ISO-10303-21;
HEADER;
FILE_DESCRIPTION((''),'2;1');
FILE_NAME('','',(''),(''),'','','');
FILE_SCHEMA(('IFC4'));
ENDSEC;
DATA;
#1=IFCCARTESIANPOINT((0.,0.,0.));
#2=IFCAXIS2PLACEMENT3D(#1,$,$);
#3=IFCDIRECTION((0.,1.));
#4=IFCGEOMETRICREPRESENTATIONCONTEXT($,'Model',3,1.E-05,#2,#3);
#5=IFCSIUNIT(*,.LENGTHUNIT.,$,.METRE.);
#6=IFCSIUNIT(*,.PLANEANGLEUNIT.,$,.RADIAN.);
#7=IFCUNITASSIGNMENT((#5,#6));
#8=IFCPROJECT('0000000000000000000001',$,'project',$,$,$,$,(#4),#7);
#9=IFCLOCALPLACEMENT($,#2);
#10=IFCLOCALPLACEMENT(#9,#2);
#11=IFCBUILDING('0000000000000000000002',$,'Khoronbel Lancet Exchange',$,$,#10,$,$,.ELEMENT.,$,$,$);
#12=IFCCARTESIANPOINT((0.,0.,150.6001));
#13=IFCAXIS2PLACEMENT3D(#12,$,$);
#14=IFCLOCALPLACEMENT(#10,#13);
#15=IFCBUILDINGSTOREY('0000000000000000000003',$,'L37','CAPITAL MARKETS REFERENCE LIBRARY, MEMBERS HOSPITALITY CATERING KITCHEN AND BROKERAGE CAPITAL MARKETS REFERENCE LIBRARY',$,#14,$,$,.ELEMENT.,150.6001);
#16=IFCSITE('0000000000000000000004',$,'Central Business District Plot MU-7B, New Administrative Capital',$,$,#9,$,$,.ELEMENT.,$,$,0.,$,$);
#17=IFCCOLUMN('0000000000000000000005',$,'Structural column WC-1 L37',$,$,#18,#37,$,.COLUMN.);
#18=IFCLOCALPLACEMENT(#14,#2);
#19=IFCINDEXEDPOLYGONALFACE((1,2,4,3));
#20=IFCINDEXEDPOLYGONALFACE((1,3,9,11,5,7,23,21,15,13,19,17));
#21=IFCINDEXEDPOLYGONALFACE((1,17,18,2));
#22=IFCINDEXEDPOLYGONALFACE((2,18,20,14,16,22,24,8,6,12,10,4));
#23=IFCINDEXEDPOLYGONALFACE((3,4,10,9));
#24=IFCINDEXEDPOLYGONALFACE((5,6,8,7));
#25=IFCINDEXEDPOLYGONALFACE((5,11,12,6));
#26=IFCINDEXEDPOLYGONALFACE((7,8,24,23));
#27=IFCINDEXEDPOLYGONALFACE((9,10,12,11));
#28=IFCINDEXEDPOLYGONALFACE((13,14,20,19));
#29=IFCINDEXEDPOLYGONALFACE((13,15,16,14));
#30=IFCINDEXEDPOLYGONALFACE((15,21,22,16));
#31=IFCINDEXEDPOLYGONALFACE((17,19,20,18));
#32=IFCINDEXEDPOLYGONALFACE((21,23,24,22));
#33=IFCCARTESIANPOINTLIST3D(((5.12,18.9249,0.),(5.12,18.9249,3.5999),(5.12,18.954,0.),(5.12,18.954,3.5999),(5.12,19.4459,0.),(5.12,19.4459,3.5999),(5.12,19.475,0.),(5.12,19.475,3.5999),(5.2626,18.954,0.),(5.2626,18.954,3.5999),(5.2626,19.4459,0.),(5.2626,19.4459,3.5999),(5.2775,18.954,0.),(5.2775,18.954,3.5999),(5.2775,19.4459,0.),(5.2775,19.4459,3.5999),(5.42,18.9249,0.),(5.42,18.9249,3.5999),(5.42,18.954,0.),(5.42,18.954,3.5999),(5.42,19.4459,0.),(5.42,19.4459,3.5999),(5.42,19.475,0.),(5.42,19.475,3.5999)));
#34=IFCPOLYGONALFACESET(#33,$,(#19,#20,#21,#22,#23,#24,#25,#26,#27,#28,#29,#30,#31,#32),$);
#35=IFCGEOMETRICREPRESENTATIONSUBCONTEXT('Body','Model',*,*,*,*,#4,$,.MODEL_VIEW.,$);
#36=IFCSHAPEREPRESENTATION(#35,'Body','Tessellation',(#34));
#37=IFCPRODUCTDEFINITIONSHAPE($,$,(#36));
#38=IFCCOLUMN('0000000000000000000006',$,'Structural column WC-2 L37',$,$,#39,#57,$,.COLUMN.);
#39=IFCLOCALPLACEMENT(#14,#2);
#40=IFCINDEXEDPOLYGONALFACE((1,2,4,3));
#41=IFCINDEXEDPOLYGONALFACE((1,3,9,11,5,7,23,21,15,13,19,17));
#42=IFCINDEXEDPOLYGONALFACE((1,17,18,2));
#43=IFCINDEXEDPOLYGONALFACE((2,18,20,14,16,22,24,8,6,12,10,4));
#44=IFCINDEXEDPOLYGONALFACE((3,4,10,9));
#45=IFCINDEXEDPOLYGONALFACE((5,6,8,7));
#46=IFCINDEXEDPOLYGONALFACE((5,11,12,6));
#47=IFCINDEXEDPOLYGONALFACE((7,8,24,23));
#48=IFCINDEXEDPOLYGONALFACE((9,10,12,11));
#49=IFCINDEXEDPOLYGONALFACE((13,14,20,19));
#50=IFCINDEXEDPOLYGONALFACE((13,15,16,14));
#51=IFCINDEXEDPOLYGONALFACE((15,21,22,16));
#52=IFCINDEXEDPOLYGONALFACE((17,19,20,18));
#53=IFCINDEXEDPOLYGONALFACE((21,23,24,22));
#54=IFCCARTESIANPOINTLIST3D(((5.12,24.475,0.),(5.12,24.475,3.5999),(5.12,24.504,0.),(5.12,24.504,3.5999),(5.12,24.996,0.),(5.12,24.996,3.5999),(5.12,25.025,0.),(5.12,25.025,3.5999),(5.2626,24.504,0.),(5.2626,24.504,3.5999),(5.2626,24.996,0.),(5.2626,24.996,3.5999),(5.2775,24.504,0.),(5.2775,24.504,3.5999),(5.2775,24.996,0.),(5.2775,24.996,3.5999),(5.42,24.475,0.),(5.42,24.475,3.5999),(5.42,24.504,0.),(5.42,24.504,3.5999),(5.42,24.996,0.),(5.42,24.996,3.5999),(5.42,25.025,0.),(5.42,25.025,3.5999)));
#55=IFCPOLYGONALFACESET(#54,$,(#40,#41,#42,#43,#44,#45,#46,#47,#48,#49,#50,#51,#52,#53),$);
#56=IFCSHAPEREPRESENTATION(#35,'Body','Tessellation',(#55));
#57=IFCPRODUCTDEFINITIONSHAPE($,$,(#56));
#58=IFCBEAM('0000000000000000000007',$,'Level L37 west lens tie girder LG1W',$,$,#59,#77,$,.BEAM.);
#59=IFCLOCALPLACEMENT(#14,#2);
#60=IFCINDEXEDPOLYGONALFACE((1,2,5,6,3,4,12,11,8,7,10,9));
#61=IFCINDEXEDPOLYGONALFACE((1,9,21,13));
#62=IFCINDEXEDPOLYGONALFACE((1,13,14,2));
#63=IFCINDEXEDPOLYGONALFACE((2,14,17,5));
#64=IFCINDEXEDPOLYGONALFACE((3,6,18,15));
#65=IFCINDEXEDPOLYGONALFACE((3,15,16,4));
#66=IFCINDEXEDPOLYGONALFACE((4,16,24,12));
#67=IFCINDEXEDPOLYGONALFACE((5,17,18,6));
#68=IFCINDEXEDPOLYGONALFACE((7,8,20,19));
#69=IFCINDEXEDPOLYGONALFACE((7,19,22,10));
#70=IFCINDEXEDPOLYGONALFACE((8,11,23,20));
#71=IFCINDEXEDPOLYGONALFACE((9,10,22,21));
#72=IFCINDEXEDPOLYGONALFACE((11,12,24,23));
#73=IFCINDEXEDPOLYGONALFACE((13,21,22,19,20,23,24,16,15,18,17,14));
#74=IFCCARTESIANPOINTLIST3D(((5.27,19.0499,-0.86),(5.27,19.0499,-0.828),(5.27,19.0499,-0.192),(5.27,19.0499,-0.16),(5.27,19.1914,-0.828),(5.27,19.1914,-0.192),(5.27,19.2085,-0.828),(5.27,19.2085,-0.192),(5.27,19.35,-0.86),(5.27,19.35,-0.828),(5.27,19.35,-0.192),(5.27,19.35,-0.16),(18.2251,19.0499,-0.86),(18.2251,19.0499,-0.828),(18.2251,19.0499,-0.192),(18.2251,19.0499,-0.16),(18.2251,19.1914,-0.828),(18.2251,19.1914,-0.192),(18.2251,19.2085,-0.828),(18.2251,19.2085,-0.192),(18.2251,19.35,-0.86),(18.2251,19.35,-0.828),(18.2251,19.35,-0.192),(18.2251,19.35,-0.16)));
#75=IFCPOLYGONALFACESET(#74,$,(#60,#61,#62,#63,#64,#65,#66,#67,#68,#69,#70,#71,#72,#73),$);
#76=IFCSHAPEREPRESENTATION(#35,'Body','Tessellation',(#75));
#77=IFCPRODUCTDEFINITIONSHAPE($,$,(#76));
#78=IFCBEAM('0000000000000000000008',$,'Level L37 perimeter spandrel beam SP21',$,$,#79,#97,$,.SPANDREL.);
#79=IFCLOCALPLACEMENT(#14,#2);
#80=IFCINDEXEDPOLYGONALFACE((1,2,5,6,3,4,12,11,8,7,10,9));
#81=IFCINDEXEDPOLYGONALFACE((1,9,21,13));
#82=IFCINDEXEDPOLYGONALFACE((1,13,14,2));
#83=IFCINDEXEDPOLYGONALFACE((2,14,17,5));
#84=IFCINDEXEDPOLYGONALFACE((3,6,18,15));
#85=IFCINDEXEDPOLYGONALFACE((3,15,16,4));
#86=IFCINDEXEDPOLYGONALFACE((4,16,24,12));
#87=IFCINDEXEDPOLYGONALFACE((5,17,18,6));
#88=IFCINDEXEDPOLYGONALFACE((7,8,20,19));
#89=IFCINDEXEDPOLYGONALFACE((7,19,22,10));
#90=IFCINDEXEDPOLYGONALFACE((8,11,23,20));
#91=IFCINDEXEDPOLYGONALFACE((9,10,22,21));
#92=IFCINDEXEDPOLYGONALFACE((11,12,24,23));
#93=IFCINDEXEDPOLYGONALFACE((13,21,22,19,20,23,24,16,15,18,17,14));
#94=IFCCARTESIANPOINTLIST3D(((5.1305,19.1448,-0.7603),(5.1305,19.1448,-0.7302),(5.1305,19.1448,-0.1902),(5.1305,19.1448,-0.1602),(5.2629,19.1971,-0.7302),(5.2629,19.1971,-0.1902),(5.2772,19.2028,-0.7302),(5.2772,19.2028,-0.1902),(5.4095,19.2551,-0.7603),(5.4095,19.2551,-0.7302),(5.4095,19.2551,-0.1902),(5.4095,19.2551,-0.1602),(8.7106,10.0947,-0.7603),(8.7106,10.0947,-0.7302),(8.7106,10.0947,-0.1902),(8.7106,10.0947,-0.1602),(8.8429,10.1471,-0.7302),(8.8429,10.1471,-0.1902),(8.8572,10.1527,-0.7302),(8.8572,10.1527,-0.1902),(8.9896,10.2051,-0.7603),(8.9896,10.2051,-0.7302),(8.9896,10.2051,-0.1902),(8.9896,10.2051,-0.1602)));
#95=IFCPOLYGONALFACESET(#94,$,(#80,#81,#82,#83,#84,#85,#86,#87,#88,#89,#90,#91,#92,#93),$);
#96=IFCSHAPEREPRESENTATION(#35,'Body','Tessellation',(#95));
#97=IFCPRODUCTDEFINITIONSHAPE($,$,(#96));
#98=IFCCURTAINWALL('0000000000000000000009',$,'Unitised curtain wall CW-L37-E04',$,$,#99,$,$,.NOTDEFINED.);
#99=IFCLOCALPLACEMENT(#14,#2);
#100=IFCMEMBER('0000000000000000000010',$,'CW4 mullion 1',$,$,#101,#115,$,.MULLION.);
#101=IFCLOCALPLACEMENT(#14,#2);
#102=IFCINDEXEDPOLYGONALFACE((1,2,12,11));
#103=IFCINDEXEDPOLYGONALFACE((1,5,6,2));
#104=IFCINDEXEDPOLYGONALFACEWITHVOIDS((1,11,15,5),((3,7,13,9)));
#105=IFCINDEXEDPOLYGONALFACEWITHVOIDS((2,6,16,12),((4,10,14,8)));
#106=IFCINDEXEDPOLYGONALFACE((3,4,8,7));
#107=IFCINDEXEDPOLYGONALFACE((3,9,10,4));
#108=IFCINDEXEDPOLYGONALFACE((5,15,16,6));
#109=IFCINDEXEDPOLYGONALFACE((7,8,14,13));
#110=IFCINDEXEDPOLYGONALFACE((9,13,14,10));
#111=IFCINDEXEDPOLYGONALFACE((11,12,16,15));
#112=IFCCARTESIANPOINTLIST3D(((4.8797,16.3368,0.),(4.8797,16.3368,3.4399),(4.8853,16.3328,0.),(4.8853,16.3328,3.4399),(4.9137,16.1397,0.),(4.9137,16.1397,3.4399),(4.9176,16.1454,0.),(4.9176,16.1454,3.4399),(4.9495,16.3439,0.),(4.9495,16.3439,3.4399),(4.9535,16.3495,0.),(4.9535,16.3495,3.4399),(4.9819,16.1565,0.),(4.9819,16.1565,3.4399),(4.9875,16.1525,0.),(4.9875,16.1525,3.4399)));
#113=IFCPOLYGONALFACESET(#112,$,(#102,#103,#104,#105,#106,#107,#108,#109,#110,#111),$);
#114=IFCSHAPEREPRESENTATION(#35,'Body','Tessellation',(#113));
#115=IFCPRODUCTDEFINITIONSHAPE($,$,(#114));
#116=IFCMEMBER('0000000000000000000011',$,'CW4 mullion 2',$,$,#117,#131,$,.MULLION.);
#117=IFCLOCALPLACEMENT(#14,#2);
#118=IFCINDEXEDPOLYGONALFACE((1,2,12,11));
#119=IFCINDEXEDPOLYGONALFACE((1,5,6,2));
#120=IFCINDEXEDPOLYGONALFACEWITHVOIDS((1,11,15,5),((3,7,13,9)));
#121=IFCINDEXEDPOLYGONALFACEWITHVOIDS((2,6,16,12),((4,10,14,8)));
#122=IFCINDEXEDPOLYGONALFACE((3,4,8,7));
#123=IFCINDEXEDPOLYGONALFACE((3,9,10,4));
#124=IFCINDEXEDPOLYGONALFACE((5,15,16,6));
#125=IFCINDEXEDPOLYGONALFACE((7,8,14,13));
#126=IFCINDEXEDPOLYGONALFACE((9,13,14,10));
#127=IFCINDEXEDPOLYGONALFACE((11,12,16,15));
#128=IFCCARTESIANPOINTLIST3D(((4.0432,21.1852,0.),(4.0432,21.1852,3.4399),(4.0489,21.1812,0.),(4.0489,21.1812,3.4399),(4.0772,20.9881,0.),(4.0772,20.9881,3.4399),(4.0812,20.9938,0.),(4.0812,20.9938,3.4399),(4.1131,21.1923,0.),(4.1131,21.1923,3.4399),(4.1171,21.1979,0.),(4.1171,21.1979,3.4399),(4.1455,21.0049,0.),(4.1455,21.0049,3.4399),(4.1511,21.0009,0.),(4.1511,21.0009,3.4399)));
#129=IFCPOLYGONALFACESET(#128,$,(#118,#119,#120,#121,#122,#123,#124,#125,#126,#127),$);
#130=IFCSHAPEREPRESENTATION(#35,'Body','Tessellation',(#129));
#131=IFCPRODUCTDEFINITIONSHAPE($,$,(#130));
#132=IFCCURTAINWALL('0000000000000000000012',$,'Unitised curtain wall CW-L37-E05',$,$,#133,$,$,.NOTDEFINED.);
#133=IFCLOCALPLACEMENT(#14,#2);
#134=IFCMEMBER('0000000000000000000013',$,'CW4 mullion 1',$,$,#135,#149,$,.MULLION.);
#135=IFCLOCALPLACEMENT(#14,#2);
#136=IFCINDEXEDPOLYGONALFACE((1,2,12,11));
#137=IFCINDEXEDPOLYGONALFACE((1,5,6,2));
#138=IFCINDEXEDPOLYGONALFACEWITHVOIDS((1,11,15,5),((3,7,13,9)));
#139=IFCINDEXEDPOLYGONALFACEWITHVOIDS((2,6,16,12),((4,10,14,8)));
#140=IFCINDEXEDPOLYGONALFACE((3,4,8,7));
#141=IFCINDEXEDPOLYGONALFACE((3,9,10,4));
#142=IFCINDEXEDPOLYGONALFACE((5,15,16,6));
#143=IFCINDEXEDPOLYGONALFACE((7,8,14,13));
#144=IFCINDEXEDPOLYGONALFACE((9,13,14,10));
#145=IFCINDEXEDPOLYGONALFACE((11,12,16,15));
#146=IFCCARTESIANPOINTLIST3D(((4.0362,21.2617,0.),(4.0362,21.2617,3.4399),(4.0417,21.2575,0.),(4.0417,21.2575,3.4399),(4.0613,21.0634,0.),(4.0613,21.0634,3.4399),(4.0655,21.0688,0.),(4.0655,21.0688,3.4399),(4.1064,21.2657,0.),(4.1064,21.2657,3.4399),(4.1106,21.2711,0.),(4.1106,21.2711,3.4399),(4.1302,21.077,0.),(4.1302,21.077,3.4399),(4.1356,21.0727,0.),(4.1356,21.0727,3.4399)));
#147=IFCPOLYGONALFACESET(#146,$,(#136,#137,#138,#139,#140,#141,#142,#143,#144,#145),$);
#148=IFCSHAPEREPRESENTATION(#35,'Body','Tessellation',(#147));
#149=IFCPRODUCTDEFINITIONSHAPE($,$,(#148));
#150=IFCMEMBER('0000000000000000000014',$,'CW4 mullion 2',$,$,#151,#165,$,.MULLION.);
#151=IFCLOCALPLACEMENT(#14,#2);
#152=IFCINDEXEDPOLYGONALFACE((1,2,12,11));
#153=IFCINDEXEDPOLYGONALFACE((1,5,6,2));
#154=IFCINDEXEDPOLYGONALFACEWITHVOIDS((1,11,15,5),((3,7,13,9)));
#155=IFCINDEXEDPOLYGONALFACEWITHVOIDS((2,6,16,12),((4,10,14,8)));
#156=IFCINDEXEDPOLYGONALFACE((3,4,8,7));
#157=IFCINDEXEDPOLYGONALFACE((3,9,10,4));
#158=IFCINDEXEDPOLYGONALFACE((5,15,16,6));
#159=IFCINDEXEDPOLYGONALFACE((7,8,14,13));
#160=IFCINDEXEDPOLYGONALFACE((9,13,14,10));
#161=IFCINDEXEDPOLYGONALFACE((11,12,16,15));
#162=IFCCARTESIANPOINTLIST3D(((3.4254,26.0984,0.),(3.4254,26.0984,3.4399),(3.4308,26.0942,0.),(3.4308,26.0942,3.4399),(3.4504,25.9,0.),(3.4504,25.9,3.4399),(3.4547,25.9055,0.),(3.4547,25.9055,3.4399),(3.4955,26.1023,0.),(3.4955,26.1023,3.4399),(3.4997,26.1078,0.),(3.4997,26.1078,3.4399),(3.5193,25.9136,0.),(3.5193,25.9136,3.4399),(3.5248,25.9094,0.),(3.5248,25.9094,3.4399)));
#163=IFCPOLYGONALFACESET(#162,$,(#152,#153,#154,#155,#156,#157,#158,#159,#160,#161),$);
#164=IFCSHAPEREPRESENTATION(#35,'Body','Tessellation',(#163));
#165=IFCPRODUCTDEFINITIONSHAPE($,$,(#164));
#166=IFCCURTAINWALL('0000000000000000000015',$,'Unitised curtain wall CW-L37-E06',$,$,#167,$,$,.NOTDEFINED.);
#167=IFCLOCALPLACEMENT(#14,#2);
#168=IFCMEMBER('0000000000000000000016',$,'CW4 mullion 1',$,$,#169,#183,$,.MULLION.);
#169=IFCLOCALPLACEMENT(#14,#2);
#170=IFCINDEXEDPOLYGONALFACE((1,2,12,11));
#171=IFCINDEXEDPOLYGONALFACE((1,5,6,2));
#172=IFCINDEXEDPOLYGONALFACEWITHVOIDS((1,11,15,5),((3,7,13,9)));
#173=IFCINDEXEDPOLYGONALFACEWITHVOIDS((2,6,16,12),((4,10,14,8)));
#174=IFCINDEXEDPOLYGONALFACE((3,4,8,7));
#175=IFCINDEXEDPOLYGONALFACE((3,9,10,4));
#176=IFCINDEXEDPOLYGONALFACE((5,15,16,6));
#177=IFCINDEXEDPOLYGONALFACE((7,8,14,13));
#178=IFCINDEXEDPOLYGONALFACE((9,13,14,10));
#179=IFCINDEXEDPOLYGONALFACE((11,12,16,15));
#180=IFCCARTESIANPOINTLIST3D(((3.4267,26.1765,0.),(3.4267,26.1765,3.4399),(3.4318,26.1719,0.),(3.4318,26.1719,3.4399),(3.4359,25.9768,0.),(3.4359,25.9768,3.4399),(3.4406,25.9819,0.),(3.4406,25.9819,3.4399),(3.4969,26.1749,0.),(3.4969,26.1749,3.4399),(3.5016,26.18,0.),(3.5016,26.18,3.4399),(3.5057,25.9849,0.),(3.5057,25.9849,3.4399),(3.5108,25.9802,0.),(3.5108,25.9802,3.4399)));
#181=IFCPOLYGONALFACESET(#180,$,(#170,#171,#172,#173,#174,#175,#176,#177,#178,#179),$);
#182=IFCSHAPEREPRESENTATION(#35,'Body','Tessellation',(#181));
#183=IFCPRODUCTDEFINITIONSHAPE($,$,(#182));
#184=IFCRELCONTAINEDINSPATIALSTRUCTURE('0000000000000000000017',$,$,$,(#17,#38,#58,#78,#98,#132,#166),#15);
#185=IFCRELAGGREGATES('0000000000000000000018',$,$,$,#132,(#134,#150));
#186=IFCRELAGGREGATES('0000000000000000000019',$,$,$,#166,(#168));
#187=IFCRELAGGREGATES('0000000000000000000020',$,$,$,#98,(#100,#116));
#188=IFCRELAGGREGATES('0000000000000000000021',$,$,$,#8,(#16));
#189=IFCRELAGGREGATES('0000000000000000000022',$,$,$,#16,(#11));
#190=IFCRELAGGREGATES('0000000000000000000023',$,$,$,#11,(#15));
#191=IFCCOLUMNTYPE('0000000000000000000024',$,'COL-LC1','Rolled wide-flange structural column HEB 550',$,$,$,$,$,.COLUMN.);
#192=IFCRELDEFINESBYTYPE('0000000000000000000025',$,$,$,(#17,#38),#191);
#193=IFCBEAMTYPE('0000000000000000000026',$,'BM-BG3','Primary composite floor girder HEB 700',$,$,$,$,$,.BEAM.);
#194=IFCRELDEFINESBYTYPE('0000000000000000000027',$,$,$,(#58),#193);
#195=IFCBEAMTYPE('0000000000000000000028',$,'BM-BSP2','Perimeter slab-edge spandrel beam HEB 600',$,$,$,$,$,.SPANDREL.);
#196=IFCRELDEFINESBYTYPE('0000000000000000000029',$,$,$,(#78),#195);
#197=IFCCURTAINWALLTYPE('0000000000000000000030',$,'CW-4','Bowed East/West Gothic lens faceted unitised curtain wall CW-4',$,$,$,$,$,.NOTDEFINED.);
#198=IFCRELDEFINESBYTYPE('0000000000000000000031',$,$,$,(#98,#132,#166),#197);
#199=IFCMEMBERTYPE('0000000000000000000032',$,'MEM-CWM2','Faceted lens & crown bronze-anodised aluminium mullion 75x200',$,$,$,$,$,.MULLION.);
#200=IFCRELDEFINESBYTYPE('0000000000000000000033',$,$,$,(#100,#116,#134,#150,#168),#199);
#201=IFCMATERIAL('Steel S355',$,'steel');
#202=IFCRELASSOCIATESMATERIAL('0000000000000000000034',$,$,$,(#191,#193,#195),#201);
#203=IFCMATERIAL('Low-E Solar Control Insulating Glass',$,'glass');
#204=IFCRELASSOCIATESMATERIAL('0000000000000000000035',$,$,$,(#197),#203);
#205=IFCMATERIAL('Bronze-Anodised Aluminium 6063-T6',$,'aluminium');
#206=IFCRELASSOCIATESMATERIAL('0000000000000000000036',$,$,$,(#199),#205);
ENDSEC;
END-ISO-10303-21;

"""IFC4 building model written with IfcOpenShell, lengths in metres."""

from ifc_helpers import new_model, si_unit, direction, frame, origin, origin_2d, place, context, subcontext, project, spatial, hollow_rectangle, i_section, extrude, material, material_profile, profile_set, type_object, element, aggregate, save


model = new_model("IFC4")

# Units and contexts
model_context = context("Model", 3, precision=1e-05, world=origin(), true_north=direction((0.0, 1.0)))
body_context = subcontext(model_context, "Body", "Model", "MODEL_VIEW")
ifc_project = project(units=[si_unit("LENGTHUNIT", "METRE"), si_unit("PLANEANGLEUNIT", "RADIAN")], contexts=[model_context])

# Site, building, storey
site_placement = place(None, origin())
site = spatial("IfcSite", under=ifc_project, at=site_placement, Name="Central Business District Plot MU-7B, New Administrative Capital", CompositionType="ELEMENT", RefElevation=0.0)
building_placement = place(site_placement, origin())
building = spatial("IfcBuilding", under=site, at=building_placement, Name="Khoronbel Lancet Exchange", CompositionType="ELEMENT")
storey_placement = place(building_placement, frame((0.0, 0.0, 150.6001)))
storey = spatial("IfcBuildingStorey", under=building, at=storey_placement, Name="L37", Description="CAPITAL MARKETS REFERENCE LIBRARY, MEMBERS HOSPITALITY CATERING KITCHEN AND BROKERAGE CAPITAL MARKETS REFERENCE LIBRARY", CompositionType="ELEMENT", Elevation=150.6001)

# Columns
ifc_material_1 = material(Name="Steel S355", Category="steel")
ifc_material_profile_1 = material_profile(ifc_material_1, i_section(OverallWidth=0.3, OverallDepth=0.55, WebThickness=0.0149, FlangeThickness=0.0291, at=origin_2d()), Name="HEB 550")
ifc_profile_set_1 = profile_set([ifc_material_profile_1], Name="Steel S355")
column_type = type_object("IfcColumnType", Name="COL-LC1", Description="Rolled wide-flange structural column HEB 550", PredefinedType="COLUMN", material=ifc_profile_set_1)
for number, where, z_axis, x_axis, name in (
    (1, (5.27, 19.2, 0.0), (0.0, 0.0, 1.0), (1.0, 0.0, 0.0), "Structural column WC-1 L37"),
    (2, (5.27, 24.75, 0.0), (0.0, 0.0, 1.0), (1.0, 0.0, 0.0), "Structural column WC-2 L37"),
):
    element("IfcColumn", number, at=place(storey_placement, frame(where, z_axis=z_axis, x_axis=x_axis)), inside=storey, type_object=column_type, Name=name, PredefinedType="COLUMN", context=body_context, shape_type="SweptSolid", body=[
        extrude(i_section(OverallWidth=0.3, OverallDepth=0.55, WebThickness=0.0149, FlangeThickness=0.0291, at=origin_2d()), origin(), (0.0, 0.0, 1.0), 3.5999),
    ])

# Beams
ifc_material_profile_2 = material_profile(ifc_material_1, i_section(OverallWidth=0.3, OverallDepth=0.7, WebThickness=0.0171, FlangeThickness=0.032, at=origin_2d()), Name="HEB 700")
ifc_profile_set_2 = profile_set([ifc_material_profile_2], Name="Steel S355")
beam_type_1 = type_object("IfcBeamType", Name="BM-BG3", Description="Primary composite floor girder HEB 700", PredefinedType="BEAM", material=ifc_profile_set_2)
beam_1_placement = place(storey_placement, frame((5.27, 19.2, -0.51), z_axis=(1.0, 0.0, 0.0), x_axis=(0.0, 1.0, 0.0)))
element("IfcBeam", 3, at=beam_1_placement, inside=storey, type_object=beam_type_1, Name="Level L37 west lens tie girder LG1W", PredefinedType="BEAM", context=body_context, shape_type="SweptSolid", body=[
    extrude(i_section(OverallWidth=0.3, OverallDepth=0.7, WebThickness=0.0171, FlangeThickness=0.032, at=origin_2d()), origin(), (0.0, 0.0, 1.0), 12.9551),
])
ifc_material_profile_3 = material_profile(ifc_material_1, i_section(OverallWidth=0.3, OverallDepth=0.6001, WebThickness=0.0154, FlangeThickness=0.03, at=origin_2d()), Name="HEB 600")
ifc_profile_set_3 = profile_set([ifc_material_profile_3], Name="Steel S355")
beam_type_2 = type_object("IfcBeamType", Name="BM-BSP2", Description="Perimeter slab-edge spandrel beam HEB 600", PredefinedType="SPANDREL", material=ifc_profile_set_3)
beam_2_placement = place(storey_placement, frame((5.27, 19.2, -0.4602), z_axis=(0.36785, -0.929885, 0.0), x_axis=(0.929885, 0.36785, 0.0)))
element("IfcBeam", 4, at=beam_2_placement, inside=storey, type_object=beam_type_2, Name="Level L37 perimeter spandrel beam SP21", PredefinedType="SPANDREL", context=body_context, shape_type="SweptSolid", body=[
    extrude(i_section(OverallWidth=0.3, OverallDepth=0.6001, WebThickness=0.0154, FlangeThickness=0.03, at=origin_2d()), origin(), (0.0, 0.0, 1.0), 9.7324),
])

# Curtain walls, members
ifc_material_2 = material(Name="Low-E Solar Control Insulating Glass", Category="glass")
curtain_wall_type = type_object("IfcCurtainWallType", Name="CW-4", Description="Bowed East/West Gothic lens faceted unitised curtain wall CW-4", PredefinedType="NOTDEFINED", material=ifc_material_2)
curtain_wall_1_placement = place(storey_placement, origin())
curtain_wall_1 = element("IfcCurtainWall", 5, at=curtain_wall_1_placement, inside=storey, type_object=curtain_wall_type, Name="Unitised curtain wall CW-L37-E04", PredefinedType="NOTDEFINED")
ifc_material_3 = material(Name="Bronze-Anodised Aluminium 6063-T6", Category="aluminium")
ifc_material_profile_4 = material_profile(ifc_material_3, hollow_rectangle(XDim=0.075, YDim=0.2, WallThickness=0.0049, at=origin_2d()), Name="ALU MULLION 75x200")
ifc_profile_set_4 = profile_set([ifc_material_profile_4], Name="Bronze-Anodised Aluminium 6063-T6")
member_type_1 = type_object("IfcMemberType", Name="MEM-CWM2", Description="Faceted lens & crown bronze-anodised aluminium mullion 75x200", PredefinedType="MULLION", material=ifc_profile_set_4)
member_1_placement = place(storey_placement, frame((4.9336, 16.2446, 0.0), z_axis=(0.0, 0.0, 1.0), x_axis=(-0.985439, -0.170029, 0.0)))
member_1 = element("IfcMember", 6, at=member_1_placement, type_object=member_type_1, Name="CW4 mullion 1", PredefinedType="MULLION", context=body_context, shape_type="SweptSolid", body=[
    extrude(hollow_rectangle(XDim=0.075, YDim=0.2, WallThickness=0.0049, at=origin_2d()), origin(), (0.0, 0.0, 1.0), 3.4399),
])
member_2_placement = place(storey_placement, frame((4.0972, 21.093, 0.0), z_axis=(0.0, 0.0, 1.0), x_axis=(-0.985439, -0.170029, 0.0)))
member_2 = element("IfcMember", 7, at=member_2_placement, type_object=member_type_1, Name="CW4 mullion 2", PredefinedType="MULLION", context=body_context, shape_type="SweptSolid", body=[
    extrude(hollow_rectangle(XDim=0.075, YDim=0.2, WallThickness=0.0049, at=origin_2d()), origin(), (0.0, 0.0, 1.0), 3.4399),
])
curtain_wall_2_placement = place(storey_placement, origin())
curtain_wall_2 = element("IfcCurtainWall", 8, at=curtain_wall_2_placement, inside=storey, type_object=curtain_wall_type, Name="Unitised curtain wall CW-L37-E05", PredefinedType="NOTDEFINED")
member_3_placement = place(storey_placement, frame((4.0859, 21.1672, 0.0), z_axis=(0.0, 0.0, 1.0), x_axis=(-0.992117, -0.125313, 0.0)))
member_3 = element("IfcMember", 9, at=member_3_placement, type_object=member_type_1, Name="CW4 mullion 1", PredefinedType="MULLION", context=body_context, shape_type="SweptSolid", body=[
    extrude(hollow_rectangle(XDim=0.075, YDim=0.2, WallThickness=0.0049, at=origin_2d()), origin(), (0.0, 0.0, 1.0), 3.4399),
])
member_4_placement = place(storey_placement, frame((3.4751, 26.0039, 0.0), z_axis=(0.0, 0.0, 1.0), x_axis=(-0.992117, -0.125313, 0.0)))
member_4 = element("IfcMember", 10, at=member_4_placement, type_object=member_type_1, Name="CW4 mullion 2", PredefinedType="MULLION", context=body_context, shape_type="SweptSolid", body=[
    extrude(hollow_rectangle(XDim=0.075, YDim=0.2, WallThickness=0.0049, at=origin_2d()), origin(), (0.0, 0.0, 1.0), 3.4399),
])
curtain_wall_3_placement = place(storey_placement, origin())
curtain_wall_3 = element("IfcCurtainWall", 11, at=curtain_wall_3_placement, inside=storey, type_object=curtain_wall_type, Name="Unitised curtain wall CW-L37-E06", PredefinedType="NOTDEFINED")
member_5_placement = place(storey_placement, frame((3.4688, 26.0784, 0.0), z_axis=(0.0, 0.0, 1.0), x_axis=(-0.998934, -0.046172, 0.0)))
member_5 = element("IfcMember", 12, at=member_5_placement, type_object=member_type_1, Name="CW4 mullion 1", PredefinedType="MULLION", context=body_context, shape_type="SweptSolid", body=[
    extrude(hollow_rectangle(XDim=0.075, YDim=0.2, WallThickness=0.0049, at=origin_2d()), origin(), (0.0, 0.0, 1.0), 3.4399),
])

aggregate(curtain_wall_2, [member_3, member_4])
aggregate(curtain_wall_3, [member_5])
aggregate(curtain_wall_1, [member_1, member_2])

save(model, "model.ifc")
